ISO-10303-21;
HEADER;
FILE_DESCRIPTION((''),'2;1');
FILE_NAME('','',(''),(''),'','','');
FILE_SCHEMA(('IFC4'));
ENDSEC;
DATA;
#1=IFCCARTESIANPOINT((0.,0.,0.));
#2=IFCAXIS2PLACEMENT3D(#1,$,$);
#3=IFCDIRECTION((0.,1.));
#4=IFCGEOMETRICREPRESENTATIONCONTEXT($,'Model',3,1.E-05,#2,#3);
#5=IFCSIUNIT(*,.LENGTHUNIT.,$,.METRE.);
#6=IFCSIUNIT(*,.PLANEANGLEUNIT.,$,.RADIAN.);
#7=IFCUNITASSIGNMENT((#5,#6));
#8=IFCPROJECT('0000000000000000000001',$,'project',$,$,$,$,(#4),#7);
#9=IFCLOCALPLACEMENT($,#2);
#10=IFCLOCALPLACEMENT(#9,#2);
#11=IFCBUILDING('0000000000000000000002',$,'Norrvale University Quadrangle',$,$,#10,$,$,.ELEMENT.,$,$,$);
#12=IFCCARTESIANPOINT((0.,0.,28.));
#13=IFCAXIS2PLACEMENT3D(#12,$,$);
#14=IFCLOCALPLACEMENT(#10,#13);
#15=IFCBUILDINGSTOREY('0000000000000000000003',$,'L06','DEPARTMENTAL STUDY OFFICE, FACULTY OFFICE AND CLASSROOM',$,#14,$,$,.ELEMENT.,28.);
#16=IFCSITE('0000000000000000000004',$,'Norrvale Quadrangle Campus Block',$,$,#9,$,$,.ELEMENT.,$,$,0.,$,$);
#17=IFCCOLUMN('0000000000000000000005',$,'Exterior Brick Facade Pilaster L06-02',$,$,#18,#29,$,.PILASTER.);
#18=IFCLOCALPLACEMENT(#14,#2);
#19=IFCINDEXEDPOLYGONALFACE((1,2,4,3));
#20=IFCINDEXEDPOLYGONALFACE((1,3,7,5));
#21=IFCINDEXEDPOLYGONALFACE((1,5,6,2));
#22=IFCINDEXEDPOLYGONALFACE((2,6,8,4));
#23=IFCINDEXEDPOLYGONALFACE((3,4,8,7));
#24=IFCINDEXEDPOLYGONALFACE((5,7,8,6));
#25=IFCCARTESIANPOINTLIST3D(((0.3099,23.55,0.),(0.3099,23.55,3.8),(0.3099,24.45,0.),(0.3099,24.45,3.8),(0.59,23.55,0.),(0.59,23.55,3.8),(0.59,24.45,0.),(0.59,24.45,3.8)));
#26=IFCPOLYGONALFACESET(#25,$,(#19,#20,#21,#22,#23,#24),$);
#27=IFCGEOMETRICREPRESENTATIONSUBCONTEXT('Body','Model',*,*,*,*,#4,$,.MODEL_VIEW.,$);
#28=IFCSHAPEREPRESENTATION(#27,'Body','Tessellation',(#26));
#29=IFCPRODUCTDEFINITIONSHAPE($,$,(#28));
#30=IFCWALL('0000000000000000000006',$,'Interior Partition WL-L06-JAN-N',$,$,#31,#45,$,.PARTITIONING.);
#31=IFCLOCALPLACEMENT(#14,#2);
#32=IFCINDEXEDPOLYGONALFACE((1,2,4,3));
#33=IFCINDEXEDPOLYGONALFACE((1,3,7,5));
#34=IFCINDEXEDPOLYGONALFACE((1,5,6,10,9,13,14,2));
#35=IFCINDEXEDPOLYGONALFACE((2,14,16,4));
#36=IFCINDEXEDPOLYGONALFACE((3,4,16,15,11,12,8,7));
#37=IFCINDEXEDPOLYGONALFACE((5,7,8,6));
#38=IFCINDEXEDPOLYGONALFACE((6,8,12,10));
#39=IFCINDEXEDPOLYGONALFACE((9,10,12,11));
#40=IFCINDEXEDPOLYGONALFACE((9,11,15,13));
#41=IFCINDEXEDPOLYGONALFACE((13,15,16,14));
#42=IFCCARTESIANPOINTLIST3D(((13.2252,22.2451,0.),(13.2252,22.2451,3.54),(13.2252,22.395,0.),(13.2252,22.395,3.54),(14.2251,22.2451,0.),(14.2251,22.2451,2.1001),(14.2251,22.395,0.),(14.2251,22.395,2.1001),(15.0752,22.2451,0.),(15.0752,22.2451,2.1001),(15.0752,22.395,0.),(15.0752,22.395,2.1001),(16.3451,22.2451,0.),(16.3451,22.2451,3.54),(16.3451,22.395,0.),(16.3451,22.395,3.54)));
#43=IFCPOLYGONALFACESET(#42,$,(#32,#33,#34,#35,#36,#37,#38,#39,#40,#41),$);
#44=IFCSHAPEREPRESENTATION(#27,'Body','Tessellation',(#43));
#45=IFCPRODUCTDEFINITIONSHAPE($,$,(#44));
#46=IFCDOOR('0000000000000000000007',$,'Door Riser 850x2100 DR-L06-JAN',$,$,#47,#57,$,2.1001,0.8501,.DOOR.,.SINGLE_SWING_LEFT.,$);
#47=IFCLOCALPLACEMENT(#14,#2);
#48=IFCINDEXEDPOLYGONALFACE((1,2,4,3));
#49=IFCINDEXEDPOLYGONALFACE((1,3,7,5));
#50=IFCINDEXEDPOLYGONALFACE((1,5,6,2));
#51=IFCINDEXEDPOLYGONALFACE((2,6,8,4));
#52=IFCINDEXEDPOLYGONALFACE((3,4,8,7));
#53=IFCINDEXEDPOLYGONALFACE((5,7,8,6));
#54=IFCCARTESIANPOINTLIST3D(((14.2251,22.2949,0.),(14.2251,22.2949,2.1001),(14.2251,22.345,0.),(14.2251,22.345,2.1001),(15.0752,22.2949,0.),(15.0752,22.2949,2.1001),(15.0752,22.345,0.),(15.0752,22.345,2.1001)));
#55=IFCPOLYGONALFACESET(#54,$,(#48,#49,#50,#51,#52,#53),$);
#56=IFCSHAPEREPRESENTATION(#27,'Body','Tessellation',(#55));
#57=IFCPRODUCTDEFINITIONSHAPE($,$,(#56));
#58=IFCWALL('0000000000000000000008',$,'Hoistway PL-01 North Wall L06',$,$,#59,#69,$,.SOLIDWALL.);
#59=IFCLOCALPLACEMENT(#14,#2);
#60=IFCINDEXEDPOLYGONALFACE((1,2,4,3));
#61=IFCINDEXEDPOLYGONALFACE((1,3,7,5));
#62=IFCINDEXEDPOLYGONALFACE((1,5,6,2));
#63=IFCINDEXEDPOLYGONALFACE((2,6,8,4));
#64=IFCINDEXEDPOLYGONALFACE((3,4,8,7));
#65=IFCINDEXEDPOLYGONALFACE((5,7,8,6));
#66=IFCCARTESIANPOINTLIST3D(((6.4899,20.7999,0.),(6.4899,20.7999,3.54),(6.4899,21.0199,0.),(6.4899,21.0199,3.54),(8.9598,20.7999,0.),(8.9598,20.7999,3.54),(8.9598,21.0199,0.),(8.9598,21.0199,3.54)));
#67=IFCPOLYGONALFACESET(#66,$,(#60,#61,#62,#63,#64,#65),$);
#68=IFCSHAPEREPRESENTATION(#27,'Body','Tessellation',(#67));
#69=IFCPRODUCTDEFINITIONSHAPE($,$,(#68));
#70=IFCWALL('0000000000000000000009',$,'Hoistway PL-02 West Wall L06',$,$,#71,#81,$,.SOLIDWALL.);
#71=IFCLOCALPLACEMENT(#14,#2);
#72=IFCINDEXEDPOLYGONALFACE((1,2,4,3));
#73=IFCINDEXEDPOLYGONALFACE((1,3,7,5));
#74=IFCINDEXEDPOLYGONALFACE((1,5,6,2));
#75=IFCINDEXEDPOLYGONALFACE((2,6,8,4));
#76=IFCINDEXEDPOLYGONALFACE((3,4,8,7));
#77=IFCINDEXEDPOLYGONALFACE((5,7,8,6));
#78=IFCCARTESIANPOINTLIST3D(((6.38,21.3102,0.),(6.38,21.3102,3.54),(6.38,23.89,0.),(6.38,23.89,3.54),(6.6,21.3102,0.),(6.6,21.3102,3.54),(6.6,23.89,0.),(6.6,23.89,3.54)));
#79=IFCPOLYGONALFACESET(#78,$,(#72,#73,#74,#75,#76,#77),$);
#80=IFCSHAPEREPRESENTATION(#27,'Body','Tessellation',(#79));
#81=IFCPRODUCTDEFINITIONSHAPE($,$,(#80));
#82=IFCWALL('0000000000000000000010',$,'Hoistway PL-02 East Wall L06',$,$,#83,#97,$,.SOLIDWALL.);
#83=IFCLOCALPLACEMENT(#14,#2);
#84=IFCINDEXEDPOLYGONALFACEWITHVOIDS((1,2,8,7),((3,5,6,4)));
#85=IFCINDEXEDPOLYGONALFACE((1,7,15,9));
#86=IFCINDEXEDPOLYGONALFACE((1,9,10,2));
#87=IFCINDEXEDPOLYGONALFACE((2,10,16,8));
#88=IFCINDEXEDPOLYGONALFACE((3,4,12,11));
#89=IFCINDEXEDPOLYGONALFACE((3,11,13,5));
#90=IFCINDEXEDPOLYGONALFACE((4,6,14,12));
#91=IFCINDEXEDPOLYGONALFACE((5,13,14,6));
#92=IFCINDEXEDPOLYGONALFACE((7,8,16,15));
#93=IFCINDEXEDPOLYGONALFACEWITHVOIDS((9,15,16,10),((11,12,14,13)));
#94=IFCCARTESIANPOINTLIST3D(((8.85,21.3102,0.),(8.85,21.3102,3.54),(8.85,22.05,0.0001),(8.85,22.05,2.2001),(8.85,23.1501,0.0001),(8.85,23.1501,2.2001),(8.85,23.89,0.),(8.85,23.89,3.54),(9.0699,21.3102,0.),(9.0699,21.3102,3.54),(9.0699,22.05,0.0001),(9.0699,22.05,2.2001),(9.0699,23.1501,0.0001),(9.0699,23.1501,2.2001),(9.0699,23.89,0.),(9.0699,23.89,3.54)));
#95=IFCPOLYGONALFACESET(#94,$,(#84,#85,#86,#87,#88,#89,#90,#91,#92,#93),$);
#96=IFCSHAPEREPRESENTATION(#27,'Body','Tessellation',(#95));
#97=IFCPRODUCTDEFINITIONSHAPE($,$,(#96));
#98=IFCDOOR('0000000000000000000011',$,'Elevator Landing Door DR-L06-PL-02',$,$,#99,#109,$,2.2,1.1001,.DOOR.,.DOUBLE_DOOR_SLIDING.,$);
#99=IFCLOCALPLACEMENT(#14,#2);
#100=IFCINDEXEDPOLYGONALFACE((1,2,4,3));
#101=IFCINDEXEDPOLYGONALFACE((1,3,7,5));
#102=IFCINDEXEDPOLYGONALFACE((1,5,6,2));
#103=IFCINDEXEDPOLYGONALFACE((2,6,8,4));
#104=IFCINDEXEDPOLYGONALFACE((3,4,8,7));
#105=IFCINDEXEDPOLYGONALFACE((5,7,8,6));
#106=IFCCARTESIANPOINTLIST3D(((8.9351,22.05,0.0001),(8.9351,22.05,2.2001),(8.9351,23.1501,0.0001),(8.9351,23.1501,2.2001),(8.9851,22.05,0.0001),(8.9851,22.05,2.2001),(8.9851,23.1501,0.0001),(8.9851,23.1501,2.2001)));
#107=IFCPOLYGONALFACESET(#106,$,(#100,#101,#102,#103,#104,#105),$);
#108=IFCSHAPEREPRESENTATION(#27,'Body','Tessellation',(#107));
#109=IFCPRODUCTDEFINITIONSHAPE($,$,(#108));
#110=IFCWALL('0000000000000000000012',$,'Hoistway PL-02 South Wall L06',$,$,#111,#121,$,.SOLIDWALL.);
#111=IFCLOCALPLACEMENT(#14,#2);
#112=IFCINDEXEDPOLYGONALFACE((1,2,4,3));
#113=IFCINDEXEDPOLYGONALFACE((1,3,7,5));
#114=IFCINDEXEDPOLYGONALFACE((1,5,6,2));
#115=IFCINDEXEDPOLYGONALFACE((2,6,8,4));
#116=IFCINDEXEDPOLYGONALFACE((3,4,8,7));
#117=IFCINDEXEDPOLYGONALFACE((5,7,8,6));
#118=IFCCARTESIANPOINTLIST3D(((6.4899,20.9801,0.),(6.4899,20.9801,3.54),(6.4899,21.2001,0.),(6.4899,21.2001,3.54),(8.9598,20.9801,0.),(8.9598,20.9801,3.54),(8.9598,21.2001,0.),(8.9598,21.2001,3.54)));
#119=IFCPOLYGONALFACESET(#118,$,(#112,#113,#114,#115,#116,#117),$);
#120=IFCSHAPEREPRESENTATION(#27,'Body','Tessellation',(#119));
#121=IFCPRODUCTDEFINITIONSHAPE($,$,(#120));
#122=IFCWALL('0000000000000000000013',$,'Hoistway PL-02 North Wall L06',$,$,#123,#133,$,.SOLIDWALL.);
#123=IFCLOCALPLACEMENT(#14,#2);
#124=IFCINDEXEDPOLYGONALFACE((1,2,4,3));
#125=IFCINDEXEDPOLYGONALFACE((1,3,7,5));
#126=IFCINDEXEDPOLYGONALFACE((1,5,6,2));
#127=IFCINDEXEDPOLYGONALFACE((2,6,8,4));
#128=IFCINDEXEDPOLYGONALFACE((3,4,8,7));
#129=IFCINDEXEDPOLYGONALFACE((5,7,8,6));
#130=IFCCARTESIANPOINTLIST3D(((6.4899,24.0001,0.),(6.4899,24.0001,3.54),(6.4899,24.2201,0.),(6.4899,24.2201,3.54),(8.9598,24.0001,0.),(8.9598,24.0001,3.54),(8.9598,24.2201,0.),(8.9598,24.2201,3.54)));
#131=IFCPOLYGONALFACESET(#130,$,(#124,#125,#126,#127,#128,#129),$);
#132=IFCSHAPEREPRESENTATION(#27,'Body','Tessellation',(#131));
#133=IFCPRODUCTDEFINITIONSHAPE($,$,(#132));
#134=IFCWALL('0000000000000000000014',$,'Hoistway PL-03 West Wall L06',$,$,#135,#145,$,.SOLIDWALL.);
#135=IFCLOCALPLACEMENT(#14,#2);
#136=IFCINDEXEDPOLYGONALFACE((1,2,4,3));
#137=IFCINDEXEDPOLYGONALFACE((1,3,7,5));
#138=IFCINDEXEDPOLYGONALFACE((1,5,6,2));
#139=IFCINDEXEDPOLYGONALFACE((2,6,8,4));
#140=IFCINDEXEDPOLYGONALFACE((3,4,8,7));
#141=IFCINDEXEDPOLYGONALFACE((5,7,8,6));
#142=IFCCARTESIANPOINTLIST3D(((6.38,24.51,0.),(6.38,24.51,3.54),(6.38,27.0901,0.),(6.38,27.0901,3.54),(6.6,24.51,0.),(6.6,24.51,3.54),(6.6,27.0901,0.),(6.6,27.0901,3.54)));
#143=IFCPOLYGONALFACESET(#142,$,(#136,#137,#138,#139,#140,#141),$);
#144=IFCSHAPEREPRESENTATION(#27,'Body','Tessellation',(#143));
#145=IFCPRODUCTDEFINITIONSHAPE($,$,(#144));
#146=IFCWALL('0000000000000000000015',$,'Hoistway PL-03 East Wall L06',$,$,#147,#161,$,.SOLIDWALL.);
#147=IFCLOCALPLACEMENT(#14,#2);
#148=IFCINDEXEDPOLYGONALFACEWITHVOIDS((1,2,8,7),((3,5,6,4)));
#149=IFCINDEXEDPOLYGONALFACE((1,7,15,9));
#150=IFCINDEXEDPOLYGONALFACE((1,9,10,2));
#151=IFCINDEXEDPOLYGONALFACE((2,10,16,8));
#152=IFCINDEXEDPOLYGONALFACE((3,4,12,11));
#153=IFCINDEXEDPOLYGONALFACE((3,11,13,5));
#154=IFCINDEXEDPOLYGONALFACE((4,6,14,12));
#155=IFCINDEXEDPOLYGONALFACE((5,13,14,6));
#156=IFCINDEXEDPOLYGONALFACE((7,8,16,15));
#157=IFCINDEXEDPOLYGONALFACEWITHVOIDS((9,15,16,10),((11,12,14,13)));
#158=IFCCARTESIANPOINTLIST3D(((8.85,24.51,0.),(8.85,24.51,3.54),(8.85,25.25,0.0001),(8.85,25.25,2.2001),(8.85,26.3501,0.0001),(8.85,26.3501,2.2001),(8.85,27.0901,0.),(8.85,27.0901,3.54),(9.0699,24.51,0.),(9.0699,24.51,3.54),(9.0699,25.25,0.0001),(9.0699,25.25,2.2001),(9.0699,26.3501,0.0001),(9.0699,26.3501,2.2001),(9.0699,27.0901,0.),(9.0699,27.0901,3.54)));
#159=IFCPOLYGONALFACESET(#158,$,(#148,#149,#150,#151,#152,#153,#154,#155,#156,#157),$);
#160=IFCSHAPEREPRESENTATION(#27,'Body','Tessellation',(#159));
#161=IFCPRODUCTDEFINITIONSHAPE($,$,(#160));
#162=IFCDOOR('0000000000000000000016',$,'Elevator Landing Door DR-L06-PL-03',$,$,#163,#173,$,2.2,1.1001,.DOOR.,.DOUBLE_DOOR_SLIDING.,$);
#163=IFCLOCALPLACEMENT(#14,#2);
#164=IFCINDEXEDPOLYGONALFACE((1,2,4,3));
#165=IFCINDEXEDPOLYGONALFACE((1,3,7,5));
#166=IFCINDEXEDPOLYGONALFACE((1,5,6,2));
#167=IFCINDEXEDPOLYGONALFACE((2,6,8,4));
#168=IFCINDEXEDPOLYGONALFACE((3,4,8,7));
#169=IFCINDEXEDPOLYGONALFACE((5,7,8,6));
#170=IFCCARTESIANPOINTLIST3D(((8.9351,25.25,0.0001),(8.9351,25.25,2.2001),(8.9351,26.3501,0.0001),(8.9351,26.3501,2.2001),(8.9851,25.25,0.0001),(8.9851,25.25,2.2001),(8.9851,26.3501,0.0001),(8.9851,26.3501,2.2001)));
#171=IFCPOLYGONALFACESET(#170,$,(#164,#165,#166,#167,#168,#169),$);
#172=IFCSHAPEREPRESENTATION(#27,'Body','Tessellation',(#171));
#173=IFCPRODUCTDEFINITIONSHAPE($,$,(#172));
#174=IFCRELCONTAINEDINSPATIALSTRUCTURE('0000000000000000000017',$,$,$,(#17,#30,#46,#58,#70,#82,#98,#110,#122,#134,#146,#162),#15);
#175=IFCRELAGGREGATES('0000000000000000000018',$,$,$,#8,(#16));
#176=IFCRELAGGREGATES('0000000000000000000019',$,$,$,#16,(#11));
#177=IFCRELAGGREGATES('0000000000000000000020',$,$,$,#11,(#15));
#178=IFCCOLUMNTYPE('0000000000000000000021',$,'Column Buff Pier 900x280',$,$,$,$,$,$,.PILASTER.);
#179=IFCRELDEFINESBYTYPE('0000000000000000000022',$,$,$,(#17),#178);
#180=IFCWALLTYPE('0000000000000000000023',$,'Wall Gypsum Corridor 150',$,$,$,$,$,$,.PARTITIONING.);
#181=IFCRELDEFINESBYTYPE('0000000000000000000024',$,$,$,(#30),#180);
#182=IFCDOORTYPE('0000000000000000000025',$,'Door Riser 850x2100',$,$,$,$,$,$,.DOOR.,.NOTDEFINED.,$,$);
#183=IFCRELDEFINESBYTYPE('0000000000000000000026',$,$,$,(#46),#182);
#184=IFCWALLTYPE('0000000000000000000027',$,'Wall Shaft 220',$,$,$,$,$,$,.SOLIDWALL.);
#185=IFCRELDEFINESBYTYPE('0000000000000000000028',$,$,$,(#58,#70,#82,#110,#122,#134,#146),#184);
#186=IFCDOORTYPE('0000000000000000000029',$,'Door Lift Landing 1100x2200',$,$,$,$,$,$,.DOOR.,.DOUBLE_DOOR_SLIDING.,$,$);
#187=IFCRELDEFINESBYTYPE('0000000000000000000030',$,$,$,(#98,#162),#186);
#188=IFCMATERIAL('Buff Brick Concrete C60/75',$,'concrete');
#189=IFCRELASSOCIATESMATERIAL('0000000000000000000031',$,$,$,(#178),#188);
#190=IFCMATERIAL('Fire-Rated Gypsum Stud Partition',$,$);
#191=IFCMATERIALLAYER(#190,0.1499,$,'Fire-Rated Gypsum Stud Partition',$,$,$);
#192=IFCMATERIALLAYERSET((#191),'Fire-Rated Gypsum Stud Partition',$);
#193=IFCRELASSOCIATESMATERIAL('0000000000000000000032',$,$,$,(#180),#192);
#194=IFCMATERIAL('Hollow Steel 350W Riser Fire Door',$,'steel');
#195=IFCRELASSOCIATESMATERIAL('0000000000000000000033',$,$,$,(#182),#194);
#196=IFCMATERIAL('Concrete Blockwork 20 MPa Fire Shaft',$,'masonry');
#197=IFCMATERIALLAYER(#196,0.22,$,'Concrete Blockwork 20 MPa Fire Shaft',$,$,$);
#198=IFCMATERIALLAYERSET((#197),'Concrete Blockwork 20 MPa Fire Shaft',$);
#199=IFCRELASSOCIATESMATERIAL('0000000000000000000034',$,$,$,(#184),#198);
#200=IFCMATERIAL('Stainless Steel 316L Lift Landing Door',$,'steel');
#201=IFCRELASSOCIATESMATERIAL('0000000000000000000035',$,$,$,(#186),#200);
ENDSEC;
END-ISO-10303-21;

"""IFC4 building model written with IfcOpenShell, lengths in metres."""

from ifc_helpers import new_model, si_unit, direction, frame, frame_2d, origin, origin_2d, place, context, subcontext, project, spatial, rectangle, extrude, material, layer, layer_set, material_profile, profile_set, type_object, element, fill, save


model = new_model("IFC4")

# Units and contexts
model_context = context("Model", 3, precision=1e-05, world=origin(), true_north=direction((0.0, 1.0)))
body_context = subcontext(model_context, "Body", "Model", "MODEL_VIEW")
ifc_project = project(units=[si_unit("LENGTHUNIT", "METRE"), si_unit("PLANEANGLEUNIT", "RADIAN")], contexts=[model_context])

# Site, building, storey
site_placement = place(None, origin())
site = spatial("IfcSite", under=ifc_project, at=site_placement, Name="Norrvale Quadrangle Campus Block", CompositionType="ELEMENT", RefElevation=0.0)
building_placement = place(site_placement, origin())
building = spatial("IfcBuilding", under=site, at=building_placement, Name="Norrvale University Quadrangle", CompositionType="ELEMENT")
storey_placement = place(building_placement, frame((0.0, 0.0, 28.0)))
storey = spatial("IfcBuildingStorey", under=building, at=storey_placement, Name="L06", Description="DEPARTMENTAL STUDY OFFICE, FACULTY OFFICE AND CLASSROOM", CompositionType="ELEMENT", Elevation=28.0)

# Column
ifc_material_1 = material(Name="Buff Brick Concrete C60/75", Category="concrete")
ifc_material_profile = material_profile(ifc_material_1, rectangle(XDim=0.8999, YDim=0.28, at=origin_2d()), Name="Buff Brick Concrete C60/75")
ifc_profile_set = profile_set([ifc_material_profile], Name="Buff Brick Concrete C60/75")
column_type = type_object("IfcColumnType", Name="Column Buff Pier 900x280", PredefinedType="PILASTER", material=ifc_profile_set)
column_placement = place(storey_placement, frame((0.45, 24.0, 0.0), z_axis=(0.0, 0.0, 1.0), x_axis=(0.0, 1.0, 0.0)))
element("IfcColumn", 1, at=column_placement, inside=storey, type_object=column_type, Name="Exterior Brick Facade Pilaster L06-02", PredefinedType="PILASTER", context=body_context, shape_type="SweptSolid", body=[
    extrude(rectangle(XDim=0.8999, YDim=0.28, at=origin_2d()), origin(), (0.0, 0.0, 1.0), 3.8),
])

# Wall, opening, door
ifc_material_2 = material(Name="Fire-Rated Gypsum Stud Partition")
ifc_layer_1 = layer(ifc_material_2, 0.1499, Name="Fire-Rated Gypsum Stud Partition")
ifc_layer_set_1 = layer_set([ifc_layer_1], Name="Fire-Rated Gypsum Stud Partition")
wall_type_1 = type_object("IfcWallType", Name="Wall Gypsum Corridor 150", PredefinedType="PARTITIONING", material=ifc_layer_set_1)
wall_1_placement = place(storey_placement, frame((13.2251, 22.3201, 0.0), z_axis=(0.0, 0.0, 1.0), x_axis=(1.0, 0.0, 0.0)))
wall_1 = element("IfcWall", 2, at=wall_1_placement, inside=storey, type_object=wall_type_1, Name="Interior Partition WL-L06-JAN-N", PredefinedType="PARTITIONING", context=body_context, shape_type="SweptSolid", body=[
    extrude(rectangle(XDim=3.1199, YDim=0.1499, at=frame_2d((1.5601, 0.0))), origin(), (0.0, 0.0, 1.0), 3.54),
])
opening_1_placement = place(wall_1_placement, frame((1.0, 0.0, 0.0)))
opening_1 = element("IfcOpeningElement", 3, at=opening_1_placement, cuts=wall_1, PredefinedType="OPENING", context=body_context, shape_type="SweptSolid", body=[
    extrude(rectangle(XDim=0.8501, YDim=2.1001, at=frame_2d((0.425, 1.05))), frame((0.0, 0.0869, 0.0), z_axis=(0.0, -1.0, 0.0), x_axis=(1.0, 0.0, 0.0)), (0.0, 0.0, 1.0), 0.1738),
])
ifc_material_3 = material(Name="Hollow Steel 350W Riser Fire Door", Category="steel")
door_type_1 = type_object("IfcDoorType", Name="Door Riser 850x2100", OperationType="NOTDEFINED", PredefinedType="DOOR", material=ifc_material_3)
door_1_placement = place(opening_1_placement, origin())
door_1 = element("IfcDoor", 4, at=door_1_placement, inside=storey, type_object=door_type_1, Name="Door Riser 850x2100 DR-L06-JAN", OperationType="SINGLE_SWING_LEFT", OverallHeight=2.1001, OverallWidth=0.8501, PredefinedType="DOOR", context=body_context, shape_type="SweptSolid", body=[
    extrude(rectangle(XDim=0.8501, YDim=2.1001, at=frame_2d((0.425, 1.05))), frame((0.0, 0.0249, 0.0), z_axis=(0.0, -1.0, 0.0), x_axis=(1.0, 0.0, 0.0)), (0.0, 0.0, 1.0), 0.05),
])
fill(opening_1, door_1)

# Walls
ifc_material_4 = material(Name="Concrete Blockwork 20 MPa Fire Shaft", Category="masonry")
ifc_layer_2 = layer(ifc_material_4, 0.22, Name="Concrete Blockwork 20 MPa Fire Shaft")
ifc_layer_set_2 = layer_set([ifc_layer_2], Name="Concrete Blockwork 20 MPa Fire Shaft")
wall_type_2 = type_object("IfcWallType", Name="Wall Shaft 220", PredefinedType="SOLIDWALL", material=ifc_layer_set_2)
wall_2_placement = place(storey_placement, frame((6.49, 20.9099, 0.0), z_axis=(0.0, 0.0, 1.0), x_axis=(1.0, 0.0, 0.0)))
element("IfcWall", 5, at=wall_2_placement, inside=storey, type_object=wall_type_2, Name="Hoistway PL-01 North Wall L06", PredefinedType="SOLIDWALL", context=body_context, shape_type="SweptSolid", body=[
    extrude(rectangle(XDim=2.47, YDim=0.22, at=frame_2d((1.2349, 0.0))), origin(), (0.0, 0.0, 1.0), 3.54),
])
wall_3_placement = place(storey_placement, frame((6.49, 21.3101, 0.0), z_axis=(0.0, 0.0, 1.0), x_axis=(0.0, 1.0, 0.0)))
element("IfcWall", 6, at=wall_3_placement, inside=storey, type_object=wall_type_2, Name="Hoistway PL-02 West Wall L06", PredefinedType="SOLIDWALL", context=body_context, shape_type="SweptSolid", body=[
    extrude(rectangle(XDim=2.5798, YDim=0.22, at=frame_2d((1.29, 0.0))), origin(), (0.0, 0.0, 1.0), 3.54),
])

# Wall, opening, door
wall_4_placement = place(storey_placement, frame((8.96, 21.3101, 0.0), z_axis=(0.0, 0.0, 1.0), x_axis=(0.0, 1.0, 0.0)))
wall_4 = element("IfcWall", 7, at=wall_4_placement, inside=storey, type_object=wall_type_2, Name="Hoistway PL-02 East Wall L06", PredefinedType="SOLIDWALL", context=body_context, shape_type="SweptSolid", body=[
    extrude(rectangle(XDim=2.5798, YDim=0.22, at=frame_2d((1.29, 0.0))), origin(), (0.0, 0.0, 1.0), 3.54),
])
opening_2_placement = place(wall_4_placement, frame((0.74, 0.0, 0.0)))
opening_2 = element("IfcOpeningElement", 8, at=opening_2_placement, cuts=wall_4, PredefinedType="OPENING", context=body_context, shape_type="SweptSolid", body=[
    extrude(rectangle(XDim=1.1001, YDim=2.2, at=frame_2d((0.55, 1.1001))), frame((0.0, 0.1221, 0.0), z_axis=(0.0, -1.0, 0.0), x_axis=(1.0, 0.0, 0.0)), (0.0, 0.0, 1.0), 0.2439),
])
ifc_material_5 = material(Name="Stainless Steel 316L Lift Landing Door", Category="steel")
door_type_2 = type_object("IfcDoorType", Name="Door Lift Landing 1100x2200", OperationType="DOUBLE_DOOR_SLIDING", PredefinedType="DOOR", material=ifc_material_5)
door_2_placement = place(opening_2_placement, origin())
door_2 = element("IfcDoor", 9, at=door_2_placement, inside=storey, type_object=door_type_2, Name="Elevator Landing Door DR-L06-PL-02", OperationType="DOUBLE_DOOR_SLIDING", OverallHeight=2.2, OverallWidth=1.1001, PredefinedType="DOOR", context=body_context, shape_type="SweptSolid", body=[
    extrude(rectangle(XDim=1.1001, YDim=2.2, at=frame_2d((0.55, 1.1001))), frame((0.0, 0.0249, 0.0), z_axis=(0.0, -1.0, 0.0), x_axis=(1.0, 0.0, 0.0)), (0.0, 0.0, 1.0), 0.05),
])
fill(opening_2, door_2)

# Walls
for number, where, z_axis, x_axis, name in (
    (10, (6.49, 21.0901, 0.0), (0.0, 0.0, 1.0), (1.0, 0.0, 0.0), "Hoistway PL-02 South Wall L06"),
    (11, (6.49, 24.1101, 0.0), (0.0, 0.0, 1.0), (1.0, 0.0, 0.0), "Hoistway PL-02 North Wall L06"),
):
    element("IfcWall", number, at=place(storey_placement, frame(where, z_axis=z_axis, x_axis=x_axis)), inside=storey, type_object=wall_type_2, Name=name, PredefinedType="SOLIDWALL", context=body_context, shape_type="SweptSolid", body=[
        extrude(rectangle(XDim=2.47, YDim=0.22, at=frame_2d((1.2349, 0.0))), origin(), (0.0, 0.0, 1.0), 3.54),
    ])
wall_5_placement = place(storey_placement, frame((6.49, 24.51, 0.0), z_axis=(0.0, 0.0, 1.0), x_axis=(0.0, 1.0, 0.0)))
element("IfcWall", 12, at=wall_5_placement, inside=storey, type_object=wall_type_2, Name="Hoistway PL-03 West Wall L06", PredefinedType="SOLIDWALL", context=body_context, shape_type="SweptSolid", body=[
    extrude(rectangle(XDim=2.5801, YDim=0.22, at=frame_2d((1.29, 0.0))), origin(), (0.0, 0.0, 1.0), 3.54),
])

# Wall, opening, door
wall_6_placement = place(storey_placement, frame((8.96, 24.51, 0.0), z_axis=(0.0, 0.0, 1.0), x_axis=(0.0, 1.0, 0.0)))
wall_6 = element("IfcWall", 13, at=wall_6_placement, inside=storey, type_object=wall_type_2, Name="Hoistway PL-03 East Wall L06", PredefinedType="SOLIDWALL", context=body_context, shape_type="SweptSolid", body=[
    extrude(rectangle(XDim=2.5801, YDim=0.22, at=frame_2d((1.29, 0.0))), origin(), (0.0, 0.0, 1.0), 3.54),
])
opening_3_placement = place(wall_6_placement, frame((0.74, 0.0, 0.0)))
opening_3 = element("IfcOpeningElement", 14, at=opening_3_placement, cuts=wall_6, PredefinedType="OPENING", context=body_context, shape_type="SweptSolid", body=[
    extrude(rectangle(XDim=1.1001, YDim=2.2, at=frame_2d((0.55, 1.1001))), frame((0.0, 0.1221, 0.0), z_axis=(0.0, -1.0, 0.0), x_axis=(1.0, 0.0, 0.0)), (0.0, 0.0, 1.0), 0.2439),
])
door_3_placement = place(opening_3_placement, origin())
door_3 = element("IfcDoor", 15, at=door_3_placement, inside=storey, type_object=door_type_2, Name="Elevator Landing Door DR-L06-PL-03", OperationType="DOUBLE_DOOR_SLIDING", OverallHeight=2.2, OverallWidth=1.1001, PredefinedType="DOOR", context=body_context, shape_type="SweptSolid", body=[
    extrude(rectangle(XDim=1.1001, YDim=2.2, at=frame_2d((0.55, 1.1001))), frame((0.0, 0.0249, 0.0), z_axis=(0.0, -1.0, 0.0), x_axis=(1.0, 0.0, 0.0)), (0.0, 0.0, 1.0), 0.05),
])
fill(opening_3, door_3)

save(model, "model.ifc")
